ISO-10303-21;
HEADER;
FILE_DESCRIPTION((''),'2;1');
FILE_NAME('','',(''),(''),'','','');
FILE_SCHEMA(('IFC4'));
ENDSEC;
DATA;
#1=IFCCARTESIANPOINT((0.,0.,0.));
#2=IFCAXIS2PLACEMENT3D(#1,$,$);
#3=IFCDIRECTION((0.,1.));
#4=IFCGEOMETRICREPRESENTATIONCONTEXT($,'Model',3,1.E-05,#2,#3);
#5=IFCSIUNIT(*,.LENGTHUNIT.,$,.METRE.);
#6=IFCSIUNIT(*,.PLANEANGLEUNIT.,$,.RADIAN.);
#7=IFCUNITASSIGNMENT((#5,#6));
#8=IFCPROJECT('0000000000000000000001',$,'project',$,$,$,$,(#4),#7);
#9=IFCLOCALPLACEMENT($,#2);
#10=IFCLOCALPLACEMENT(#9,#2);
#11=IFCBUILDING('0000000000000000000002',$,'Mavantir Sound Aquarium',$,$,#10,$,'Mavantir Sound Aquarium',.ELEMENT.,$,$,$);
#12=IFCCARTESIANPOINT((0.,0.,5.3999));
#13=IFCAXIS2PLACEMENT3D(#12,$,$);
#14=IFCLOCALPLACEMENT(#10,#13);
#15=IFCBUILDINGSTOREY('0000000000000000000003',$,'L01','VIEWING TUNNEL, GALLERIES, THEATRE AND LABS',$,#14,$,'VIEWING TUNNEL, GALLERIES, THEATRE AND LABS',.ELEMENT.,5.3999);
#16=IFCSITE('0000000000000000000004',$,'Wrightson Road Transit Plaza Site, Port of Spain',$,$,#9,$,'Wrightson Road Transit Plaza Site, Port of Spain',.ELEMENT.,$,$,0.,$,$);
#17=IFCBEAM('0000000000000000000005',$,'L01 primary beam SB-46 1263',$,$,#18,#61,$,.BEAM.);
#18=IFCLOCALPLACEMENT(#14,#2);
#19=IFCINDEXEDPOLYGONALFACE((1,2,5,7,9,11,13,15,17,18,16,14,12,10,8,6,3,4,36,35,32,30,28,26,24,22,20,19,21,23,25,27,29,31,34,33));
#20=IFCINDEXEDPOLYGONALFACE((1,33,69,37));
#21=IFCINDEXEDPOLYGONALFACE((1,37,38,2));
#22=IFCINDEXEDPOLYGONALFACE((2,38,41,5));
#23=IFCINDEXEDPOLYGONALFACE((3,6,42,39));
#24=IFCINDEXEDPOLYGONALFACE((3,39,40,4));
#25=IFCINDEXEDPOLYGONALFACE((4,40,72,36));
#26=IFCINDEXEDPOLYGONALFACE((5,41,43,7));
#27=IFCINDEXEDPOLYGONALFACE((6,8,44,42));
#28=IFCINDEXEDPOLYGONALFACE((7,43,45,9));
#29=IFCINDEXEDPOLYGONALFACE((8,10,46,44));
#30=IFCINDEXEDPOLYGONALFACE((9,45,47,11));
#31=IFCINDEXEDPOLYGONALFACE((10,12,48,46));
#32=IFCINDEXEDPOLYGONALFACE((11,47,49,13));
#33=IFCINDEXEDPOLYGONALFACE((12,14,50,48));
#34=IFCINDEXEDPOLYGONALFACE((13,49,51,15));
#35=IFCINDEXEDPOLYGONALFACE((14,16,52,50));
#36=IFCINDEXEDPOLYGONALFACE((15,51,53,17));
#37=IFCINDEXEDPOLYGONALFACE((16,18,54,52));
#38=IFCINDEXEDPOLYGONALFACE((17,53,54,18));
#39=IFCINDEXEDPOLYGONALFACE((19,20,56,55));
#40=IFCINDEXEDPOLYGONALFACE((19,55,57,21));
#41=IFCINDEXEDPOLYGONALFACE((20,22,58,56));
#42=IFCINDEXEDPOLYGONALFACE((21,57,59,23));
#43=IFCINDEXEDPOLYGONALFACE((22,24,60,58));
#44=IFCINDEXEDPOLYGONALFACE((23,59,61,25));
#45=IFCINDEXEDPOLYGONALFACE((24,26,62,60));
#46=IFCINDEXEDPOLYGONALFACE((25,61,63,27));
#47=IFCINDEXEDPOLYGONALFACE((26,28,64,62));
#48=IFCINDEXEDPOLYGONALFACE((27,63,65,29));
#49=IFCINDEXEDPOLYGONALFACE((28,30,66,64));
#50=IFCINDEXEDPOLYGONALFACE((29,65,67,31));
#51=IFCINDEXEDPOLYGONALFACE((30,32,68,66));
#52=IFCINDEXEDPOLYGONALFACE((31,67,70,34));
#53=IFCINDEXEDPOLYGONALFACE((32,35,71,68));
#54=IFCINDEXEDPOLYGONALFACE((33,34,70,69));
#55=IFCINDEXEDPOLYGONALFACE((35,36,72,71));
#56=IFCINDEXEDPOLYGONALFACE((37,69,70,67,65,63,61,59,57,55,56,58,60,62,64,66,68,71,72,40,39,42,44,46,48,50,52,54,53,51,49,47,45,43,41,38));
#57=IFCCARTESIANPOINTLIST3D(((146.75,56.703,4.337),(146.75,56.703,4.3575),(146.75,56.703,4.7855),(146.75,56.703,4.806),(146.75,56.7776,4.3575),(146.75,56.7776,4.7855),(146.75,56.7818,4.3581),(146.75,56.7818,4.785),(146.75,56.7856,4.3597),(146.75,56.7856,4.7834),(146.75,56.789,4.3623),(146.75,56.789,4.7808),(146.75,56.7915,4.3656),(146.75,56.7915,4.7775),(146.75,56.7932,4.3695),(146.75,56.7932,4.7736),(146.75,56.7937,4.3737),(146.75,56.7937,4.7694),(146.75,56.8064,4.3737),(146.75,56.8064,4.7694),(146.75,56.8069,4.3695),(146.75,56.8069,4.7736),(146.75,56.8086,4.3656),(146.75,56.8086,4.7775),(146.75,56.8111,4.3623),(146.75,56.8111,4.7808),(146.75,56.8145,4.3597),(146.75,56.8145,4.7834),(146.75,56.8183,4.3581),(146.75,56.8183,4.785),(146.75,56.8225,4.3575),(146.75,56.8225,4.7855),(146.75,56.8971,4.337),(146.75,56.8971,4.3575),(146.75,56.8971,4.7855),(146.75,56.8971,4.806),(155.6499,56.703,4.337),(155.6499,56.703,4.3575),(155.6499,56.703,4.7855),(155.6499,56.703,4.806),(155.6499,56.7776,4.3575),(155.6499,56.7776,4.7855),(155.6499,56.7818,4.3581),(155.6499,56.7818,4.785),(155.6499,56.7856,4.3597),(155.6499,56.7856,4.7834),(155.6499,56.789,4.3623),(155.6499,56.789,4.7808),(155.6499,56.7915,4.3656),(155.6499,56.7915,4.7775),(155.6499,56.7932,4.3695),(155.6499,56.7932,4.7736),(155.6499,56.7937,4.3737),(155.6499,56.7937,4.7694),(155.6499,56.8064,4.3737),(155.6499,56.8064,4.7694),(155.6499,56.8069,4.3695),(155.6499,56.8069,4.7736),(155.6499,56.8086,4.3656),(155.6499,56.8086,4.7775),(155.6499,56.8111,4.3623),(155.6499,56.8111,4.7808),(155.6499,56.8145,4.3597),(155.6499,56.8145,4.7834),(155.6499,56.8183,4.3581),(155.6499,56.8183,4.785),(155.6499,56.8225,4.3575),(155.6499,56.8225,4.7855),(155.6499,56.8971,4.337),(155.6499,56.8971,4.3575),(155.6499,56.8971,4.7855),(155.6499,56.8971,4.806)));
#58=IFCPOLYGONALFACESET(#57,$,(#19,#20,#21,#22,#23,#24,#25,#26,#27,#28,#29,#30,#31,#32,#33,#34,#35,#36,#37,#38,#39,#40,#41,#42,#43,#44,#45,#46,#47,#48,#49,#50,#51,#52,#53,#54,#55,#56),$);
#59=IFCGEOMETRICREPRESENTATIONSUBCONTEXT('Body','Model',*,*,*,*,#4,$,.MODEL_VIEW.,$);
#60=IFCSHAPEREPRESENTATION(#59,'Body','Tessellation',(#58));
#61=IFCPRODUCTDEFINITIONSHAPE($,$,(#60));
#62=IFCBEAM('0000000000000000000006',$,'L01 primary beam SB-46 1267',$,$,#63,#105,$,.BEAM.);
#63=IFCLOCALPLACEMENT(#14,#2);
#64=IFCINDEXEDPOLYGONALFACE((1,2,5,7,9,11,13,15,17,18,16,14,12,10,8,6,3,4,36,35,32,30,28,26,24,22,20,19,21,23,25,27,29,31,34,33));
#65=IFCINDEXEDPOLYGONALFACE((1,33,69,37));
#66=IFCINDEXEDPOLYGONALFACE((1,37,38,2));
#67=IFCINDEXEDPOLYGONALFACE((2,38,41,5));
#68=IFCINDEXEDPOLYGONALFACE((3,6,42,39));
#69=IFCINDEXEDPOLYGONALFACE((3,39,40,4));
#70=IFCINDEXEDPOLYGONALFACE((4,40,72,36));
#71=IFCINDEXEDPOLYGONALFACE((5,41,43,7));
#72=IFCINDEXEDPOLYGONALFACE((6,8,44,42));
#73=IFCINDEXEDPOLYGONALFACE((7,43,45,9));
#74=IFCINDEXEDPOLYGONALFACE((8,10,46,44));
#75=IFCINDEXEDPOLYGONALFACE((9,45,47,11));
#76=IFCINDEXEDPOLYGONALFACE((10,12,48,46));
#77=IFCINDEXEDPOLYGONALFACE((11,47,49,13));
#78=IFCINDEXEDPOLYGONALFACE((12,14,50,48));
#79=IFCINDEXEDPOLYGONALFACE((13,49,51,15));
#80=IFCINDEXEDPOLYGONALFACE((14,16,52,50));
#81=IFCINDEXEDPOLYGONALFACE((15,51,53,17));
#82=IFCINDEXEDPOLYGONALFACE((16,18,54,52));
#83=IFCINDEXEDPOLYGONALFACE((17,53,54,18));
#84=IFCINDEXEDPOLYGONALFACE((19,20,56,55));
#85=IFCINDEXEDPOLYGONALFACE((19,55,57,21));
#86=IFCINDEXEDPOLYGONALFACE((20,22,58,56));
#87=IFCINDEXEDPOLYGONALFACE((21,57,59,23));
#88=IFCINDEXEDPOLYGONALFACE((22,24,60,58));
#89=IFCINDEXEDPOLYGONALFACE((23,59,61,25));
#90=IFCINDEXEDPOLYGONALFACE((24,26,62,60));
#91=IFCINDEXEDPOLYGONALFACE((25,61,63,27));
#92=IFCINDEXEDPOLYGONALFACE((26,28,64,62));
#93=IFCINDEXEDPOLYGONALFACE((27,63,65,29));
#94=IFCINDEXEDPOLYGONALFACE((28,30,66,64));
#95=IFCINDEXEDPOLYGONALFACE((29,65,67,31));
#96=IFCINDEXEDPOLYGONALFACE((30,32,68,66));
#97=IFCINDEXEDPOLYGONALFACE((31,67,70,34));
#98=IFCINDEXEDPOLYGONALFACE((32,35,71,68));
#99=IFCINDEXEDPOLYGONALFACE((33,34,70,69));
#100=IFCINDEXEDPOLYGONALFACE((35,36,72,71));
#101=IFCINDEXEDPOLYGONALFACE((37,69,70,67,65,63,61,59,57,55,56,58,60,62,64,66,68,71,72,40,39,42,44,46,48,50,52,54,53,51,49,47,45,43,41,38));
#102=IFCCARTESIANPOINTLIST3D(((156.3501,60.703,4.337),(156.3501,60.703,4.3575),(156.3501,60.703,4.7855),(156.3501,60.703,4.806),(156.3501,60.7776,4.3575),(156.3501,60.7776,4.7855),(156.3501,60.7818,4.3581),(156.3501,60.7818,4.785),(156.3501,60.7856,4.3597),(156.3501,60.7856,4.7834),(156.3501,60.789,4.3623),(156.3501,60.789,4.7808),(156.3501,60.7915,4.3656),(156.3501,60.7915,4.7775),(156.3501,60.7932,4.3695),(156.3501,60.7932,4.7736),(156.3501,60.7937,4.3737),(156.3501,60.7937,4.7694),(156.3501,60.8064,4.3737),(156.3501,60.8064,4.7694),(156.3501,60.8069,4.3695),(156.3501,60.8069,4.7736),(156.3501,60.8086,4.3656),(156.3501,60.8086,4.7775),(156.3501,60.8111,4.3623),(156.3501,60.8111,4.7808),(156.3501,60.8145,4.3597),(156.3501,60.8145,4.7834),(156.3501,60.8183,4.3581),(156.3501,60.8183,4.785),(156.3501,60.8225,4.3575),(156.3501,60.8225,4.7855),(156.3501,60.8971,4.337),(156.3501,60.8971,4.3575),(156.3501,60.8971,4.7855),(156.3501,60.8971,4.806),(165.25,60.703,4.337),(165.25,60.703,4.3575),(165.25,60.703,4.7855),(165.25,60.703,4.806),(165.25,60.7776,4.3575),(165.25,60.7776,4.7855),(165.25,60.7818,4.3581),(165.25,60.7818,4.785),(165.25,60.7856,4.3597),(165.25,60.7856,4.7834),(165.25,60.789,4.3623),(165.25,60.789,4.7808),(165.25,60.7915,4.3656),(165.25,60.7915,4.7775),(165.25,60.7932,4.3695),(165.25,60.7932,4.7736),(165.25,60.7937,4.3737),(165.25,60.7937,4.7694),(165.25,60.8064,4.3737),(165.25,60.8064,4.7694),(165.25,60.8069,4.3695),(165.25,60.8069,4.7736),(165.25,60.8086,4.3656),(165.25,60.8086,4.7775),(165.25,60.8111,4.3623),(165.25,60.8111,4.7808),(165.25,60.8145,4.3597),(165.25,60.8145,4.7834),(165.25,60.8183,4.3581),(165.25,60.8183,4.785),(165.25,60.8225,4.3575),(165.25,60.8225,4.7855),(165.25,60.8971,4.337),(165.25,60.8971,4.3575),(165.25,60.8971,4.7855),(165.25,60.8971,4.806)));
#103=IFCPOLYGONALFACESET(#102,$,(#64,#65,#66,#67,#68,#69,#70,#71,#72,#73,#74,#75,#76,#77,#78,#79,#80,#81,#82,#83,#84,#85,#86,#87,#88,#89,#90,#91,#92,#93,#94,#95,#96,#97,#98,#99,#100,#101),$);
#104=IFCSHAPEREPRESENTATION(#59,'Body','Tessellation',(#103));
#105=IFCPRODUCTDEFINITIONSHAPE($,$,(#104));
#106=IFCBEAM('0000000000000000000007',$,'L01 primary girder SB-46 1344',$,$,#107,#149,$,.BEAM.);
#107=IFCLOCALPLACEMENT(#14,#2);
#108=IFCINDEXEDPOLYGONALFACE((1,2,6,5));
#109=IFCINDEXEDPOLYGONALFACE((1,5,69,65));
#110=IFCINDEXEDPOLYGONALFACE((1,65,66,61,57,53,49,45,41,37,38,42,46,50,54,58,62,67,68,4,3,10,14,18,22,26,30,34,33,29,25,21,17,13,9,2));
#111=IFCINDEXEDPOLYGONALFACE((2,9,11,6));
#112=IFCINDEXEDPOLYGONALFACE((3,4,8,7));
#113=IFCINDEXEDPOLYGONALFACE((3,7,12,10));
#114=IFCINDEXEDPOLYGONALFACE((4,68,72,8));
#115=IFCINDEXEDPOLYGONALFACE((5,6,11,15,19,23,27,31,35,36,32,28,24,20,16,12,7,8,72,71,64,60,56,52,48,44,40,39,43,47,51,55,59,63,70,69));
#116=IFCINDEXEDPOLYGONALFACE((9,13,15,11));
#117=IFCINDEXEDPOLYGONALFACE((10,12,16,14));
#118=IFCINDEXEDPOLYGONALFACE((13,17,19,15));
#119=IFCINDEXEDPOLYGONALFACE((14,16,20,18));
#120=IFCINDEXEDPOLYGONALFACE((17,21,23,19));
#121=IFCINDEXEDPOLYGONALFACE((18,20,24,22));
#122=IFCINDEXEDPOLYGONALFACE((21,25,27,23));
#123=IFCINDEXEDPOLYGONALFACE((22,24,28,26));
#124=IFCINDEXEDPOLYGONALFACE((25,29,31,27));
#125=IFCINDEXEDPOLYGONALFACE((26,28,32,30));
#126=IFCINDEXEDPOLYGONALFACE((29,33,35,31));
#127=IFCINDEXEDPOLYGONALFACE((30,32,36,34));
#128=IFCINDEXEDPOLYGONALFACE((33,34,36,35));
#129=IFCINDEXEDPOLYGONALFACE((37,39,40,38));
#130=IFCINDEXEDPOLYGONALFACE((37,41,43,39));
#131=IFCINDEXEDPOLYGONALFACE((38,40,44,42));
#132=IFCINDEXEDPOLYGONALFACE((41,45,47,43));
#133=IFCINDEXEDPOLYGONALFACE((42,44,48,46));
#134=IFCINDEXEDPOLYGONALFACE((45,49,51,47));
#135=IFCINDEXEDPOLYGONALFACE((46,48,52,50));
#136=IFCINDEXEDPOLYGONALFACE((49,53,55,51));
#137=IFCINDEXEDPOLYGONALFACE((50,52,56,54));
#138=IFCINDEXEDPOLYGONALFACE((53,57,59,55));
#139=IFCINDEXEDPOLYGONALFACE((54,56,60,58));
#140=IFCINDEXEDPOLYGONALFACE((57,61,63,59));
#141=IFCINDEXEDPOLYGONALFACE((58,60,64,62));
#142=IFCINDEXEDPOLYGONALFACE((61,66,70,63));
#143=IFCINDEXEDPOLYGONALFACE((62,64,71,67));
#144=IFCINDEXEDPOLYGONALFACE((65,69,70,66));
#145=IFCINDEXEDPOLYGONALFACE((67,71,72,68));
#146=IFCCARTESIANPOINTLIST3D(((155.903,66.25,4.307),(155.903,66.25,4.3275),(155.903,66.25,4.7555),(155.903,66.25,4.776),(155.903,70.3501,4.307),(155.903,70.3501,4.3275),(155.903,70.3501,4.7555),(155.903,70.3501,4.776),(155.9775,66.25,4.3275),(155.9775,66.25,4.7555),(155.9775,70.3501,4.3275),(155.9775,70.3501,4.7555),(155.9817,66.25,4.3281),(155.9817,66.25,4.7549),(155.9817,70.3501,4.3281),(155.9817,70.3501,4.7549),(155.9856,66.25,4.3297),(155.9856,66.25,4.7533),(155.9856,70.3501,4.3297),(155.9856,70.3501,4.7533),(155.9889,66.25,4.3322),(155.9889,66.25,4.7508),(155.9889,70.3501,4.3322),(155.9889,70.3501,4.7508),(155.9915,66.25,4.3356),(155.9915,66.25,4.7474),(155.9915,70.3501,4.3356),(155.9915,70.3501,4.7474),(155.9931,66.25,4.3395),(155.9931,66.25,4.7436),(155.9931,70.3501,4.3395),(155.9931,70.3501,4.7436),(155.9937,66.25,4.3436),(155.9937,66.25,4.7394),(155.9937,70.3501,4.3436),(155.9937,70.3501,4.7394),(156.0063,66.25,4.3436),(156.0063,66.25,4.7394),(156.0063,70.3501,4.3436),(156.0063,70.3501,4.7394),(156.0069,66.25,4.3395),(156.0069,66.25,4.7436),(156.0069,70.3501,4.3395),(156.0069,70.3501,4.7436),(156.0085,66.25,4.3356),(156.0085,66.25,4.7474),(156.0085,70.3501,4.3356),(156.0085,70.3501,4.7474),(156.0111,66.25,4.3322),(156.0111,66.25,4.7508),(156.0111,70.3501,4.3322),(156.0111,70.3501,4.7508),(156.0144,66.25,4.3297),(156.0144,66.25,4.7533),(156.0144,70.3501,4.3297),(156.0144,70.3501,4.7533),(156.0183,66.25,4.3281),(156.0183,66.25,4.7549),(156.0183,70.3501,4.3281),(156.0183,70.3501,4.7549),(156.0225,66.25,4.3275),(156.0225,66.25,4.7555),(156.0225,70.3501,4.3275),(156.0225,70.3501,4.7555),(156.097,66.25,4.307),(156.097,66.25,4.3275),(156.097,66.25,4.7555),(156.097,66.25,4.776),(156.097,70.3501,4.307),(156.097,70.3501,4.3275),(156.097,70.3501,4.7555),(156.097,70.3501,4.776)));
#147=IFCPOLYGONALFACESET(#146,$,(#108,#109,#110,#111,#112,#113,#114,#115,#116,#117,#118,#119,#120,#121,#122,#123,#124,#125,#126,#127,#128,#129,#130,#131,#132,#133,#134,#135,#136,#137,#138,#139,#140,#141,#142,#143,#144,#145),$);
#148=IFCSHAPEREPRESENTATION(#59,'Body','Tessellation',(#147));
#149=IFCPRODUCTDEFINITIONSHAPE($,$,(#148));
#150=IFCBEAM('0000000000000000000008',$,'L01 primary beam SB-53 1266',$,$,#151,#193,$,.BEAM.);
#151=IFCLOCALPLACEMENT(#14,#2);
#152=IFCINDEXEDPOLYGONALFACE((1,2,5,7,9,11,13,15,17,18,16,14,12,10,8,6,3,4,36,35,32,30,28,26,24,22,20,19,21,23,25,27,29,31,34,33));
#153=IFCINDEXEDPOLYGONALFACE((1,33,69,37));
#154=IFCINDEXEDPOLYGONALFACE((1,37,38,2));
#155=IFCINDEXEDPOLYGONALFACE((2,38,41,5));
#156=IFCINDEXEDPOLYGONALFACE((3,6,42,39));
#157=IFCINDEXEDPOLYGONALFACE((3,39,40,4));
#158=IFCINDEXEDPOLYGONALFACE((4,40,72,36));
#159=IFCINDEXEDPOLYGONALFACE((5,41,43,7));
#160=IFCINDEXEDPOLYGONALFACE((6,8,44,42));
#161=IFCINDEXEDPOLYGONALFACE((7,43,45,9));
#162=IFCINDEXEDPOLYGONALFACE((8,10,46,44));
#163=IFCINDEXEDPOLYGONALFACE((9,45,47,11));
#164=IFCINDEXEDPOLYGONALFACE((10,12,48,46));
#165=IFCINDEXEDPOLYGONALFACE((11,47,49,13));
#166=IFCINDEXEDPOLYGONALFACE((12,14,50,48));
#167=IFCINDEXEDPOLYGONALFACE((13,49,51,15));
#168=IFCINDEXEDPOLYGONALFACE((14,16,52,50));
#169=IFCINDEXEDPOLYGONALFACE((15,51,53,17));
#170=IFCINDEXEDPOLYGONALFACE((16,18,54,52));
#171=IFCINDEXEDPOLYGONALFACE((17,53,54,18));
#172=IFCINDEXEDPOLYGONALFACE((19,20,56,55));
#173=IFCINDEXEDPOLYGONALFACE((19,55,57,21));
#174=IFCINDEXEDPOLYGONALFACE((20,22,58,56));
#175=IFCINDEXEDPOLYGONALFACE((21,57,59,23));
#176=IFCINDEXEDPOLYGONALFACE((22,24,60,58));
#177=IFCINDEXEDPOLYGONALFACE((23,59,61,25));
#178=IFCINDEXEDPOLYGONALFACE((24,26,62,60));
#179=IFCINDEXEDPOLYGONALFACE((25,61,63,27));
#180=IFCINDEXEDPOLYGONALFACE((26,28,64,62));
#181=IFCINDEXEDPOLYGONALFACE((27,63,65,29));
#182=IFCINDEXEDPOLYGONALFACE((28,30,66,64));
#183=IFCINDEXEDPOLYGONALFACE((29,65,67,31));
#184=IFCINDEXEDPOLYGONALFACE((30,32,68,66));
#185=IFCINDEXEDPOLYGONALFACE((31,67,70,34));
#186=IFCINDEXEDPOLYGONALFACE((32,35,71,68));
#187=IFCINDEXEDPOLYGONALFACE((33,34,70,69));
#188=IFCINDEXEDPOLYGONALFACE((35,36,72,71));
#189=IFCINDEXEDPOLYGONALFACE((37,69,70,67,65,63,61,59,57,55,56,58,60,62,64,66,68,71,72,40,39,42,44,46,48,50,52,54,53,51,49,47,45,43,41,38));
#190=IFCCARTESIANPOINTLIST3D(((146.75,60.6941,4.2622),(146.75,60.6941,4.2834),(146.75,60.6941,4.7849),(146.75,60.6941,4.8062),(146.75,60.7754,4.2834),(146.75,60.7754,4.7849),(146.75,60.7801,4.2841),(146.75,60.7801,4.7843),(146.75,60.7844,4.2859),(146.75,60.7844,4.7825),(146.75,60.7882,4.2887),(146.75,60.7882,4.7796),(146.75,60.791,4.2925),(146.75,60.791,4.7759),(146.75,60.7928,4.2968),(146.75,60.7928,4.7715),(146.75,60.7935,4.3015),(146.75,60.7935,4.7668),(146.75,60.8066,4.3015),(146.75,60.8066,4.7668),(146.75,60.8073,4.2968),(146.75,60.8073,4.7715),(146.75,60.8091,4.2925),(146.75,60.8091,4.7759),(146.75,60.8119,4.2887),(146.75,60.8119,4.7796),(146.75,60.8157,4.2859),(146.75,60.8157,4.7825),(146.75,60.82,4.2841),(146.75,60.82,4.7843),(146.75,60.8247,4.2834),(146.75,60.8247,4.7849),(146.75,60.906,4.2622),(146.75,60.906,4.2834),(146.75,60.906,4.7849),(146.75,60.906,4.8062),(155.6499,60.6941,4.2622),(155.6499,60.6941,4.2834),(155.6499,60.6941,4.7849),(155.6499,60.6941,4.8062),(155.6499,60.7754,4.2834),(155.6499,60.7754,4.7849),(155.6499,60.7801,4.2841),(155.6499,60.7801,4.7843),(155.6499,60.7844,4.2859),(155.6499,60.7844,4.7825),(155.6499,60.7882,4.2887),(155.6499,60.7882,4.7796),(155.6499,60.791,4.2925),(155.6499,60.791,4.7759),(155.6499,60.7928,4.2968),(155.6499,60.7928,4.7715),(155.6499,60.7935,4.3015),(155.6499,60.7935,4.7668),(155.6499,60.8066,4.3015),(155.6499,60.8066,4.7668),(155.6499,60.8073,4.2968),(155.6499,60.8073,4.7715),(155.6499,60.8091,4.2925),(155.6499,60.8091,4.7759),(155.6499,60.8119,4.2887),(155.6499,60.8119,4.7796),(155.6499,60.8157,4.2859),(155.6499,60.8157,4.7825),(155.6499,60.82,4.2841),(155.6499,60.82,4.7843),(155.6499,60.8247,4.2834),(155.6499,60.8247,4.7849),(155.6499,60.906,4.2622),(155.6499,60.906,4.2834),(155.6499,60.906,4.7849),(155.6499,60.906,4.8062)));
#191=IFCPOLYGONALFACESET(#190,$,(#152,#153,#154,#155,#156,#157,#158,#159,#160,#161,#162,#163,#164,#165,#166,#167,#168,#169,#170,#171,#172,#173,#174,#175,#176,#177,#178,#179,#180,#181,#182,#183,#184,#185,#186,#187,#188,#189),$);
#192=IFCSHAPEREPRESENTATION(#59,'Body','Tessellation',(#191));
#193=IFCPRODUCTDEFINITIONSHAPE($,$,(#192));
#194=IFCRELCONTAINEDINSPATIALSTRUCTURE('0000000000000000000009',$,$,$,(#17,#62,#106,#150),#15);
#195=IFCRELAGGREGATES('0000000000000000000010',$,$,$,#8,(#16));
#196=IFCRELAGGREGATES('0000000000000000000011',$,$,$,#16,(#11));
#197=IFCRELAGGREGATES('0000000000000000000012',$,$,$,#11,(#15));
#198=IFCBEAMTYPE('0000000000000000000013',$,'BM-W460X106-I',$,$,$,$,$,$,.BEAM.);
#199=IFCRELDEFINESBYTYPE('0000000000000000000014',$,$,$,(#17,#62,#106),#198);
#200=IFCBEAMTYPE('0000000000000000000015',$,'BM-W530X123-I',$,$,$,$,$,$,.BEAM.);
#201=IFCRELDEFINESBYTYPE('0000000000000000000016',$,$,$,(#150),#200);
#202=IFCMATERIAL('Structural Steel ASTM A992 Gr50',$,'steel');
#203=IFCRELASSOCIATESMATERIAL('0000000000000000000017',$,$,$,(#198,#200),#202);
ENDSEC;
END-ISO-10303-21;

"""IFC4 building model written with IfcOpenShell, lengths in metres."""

from ifc_helpers import new_model, si_unit, direction, frame, origin, origin_2d, place, context, subcontext, project, spatial, i_section, extrude, material, material_profile, profile_set, type_object, element, save


model = new_model("IFC4")

# Units and contexts
model_context = context("Model", 3, precision=1e-05, world=origin(), true_north=direction((0.0, 1.0)))
body_context = subcontext(model_context, "Body", "Model", "MODEL_VIEW")
ifc_project = project(units=[si_unit("LENGTHUNIT", "METRE"), si_unit("PLANEANGLEUNIT", "RADIAN")], contexts=[model_context])

# Site, building, storey
site_placement = place(None, origin())
site = spatial("IfcSite", under=ifc_project, at=site_placement, Name="Wrightson Road Transit Plaza Site, Port of Spain", LongName="Wrightson Road Transit Plaza Site, Port of Spain", CompositionType="ELEMENT", RefElevation=0.0)
building_placement = place(site_placement, origin())
building = spatial("IfcBuilding", under=site, at=building_placement, Name="Mavantir Sound Aquarium", LongName="Mavantir Sound Aquarium", CompositionType="ELEMENT")
storey_placement = place(building_placement, frame((0.0, 0.0, 5.3999)))
storey = spatial("IfcBuildingStorey", under=building, at=storey_placement, Name="L01", Description="VIEWING TUNNEL, GALLERIES, THEATRE AND LABS", LongName="VIEWING TUNNEL, GALLERIES, THEATRE AND LABS", CompositionType="ELEMENT", Elevation=5.3999)

# Beams
ifc_material_1 = material(Name="Structural Steel ASTM A992 Gr50", Category="steel")
ifc_material_profile_1 = material_profile(ifc_material_1, i_section(OverallWidth=0.1941, OverallDepth=0.469, WebThickness=0.0127, FlangeThickness=0.0205, FilletRadius=0.0161, at=origin_2d()), Name="W460X106")
ifc_profile_set_1 = profile_set([ifc_material_profile_1], Name="Structural Steel ASTM A992 Gr50")
beam_type_1 = type_object("IfcBeamType", Name="BM-W460X106-I", PredefinedType="BEAM", material=ifc_profile_set_1)
for number, where, z_axis, x_axis, name in (
    (1, (146.75, 56.8, 4.5715), (1.0, 0.0, 0.0), (0.0, 1.0, 0.0), "L01 primary beam SB-46 1263"),
    (2, (156.3501, 60.8, 4.5715), (1.0, 0.0, 0.0), (0.0, 1.0, 0.0), "L01 primary beam SB-46 1267"),
):
    element("IfcBeam", number, at=place(storey_placement, frame(where, z_axis=z_axis, x_axis=x_axis)), inside=storey, type_object=beam_type_1, Name=name, PredefinedType="BEAM", context=body_context, shape_type="SweptSolid", body=[
        extrude(i_section(OverallWidth=0.1941, OverallDepth=0.469, WebThickness=0.0127, FlangeThickness=0.0205, FilletRadius=0.0161, at=origin_2d()), origin(), (0.0, 0.0, 1.0), 8.8999),
    ])
beam_1_placement = place(storey_placement, frame((156.0, 66.25, 4.5415), z_axis=(0.0, 1.0, 0.0), x_axis=(-1.0, 0.0, 0.0)))
element("IfcBeam", 3, at=beam_1_placement, inside=storey, type_object=beam_type_1, Name="L01 primary girder SB-46 1344", PredefinedType="BEAM", context=body_context, shape_type="SweptSolid", body=[
    extrude(i_section(OverallWidth=0.1941, OverallDepth=0.469, WebThickness=0.0127, FlangeThickness=0.0205, FilletRadius=0.0161, at=origin_2d()), origin(), (0.0, 0.0, 1.0), 4.1001),
])
ifc_material_profile_2 = material_profile(ifc_material_1, i_section(OverallWidth=0.2119, OverallDepth=0.5439, WebThickness=0.0132, FlangeThickness=0.0212, FilletRadius=0.0181, at=origin_2d()), Name="W530X123")
ifc_profile_set_2 = profile_set([ifc_material_profile_2], Name="Structural Steel ASTM A992 Gr50")
beam_type_2 = type_object("IfcBeamType", Name="BM-W530X123-I", PredefinedType="BEAM", material=ifc_profile_set_2)
for number, where, z_axis, x_axis, name in (
    (4, (146.75, 60.8, 4.5342), (1.0, 0.0, 0.0), (0.0, 1.0, 0.0), "L01 primary beam SB-53 1266"),
):
    element("IfcBeam", number, at=place(storey_placement, frame(where, z_axis=z_axis, x_axis=x_axis)), inside=storey, type_object=beam_type_2, Name=name, PredefinedType="BEAM", context=body_context, shape_type="SweptSolid", body=[
        extrude(i_section(OverallWidth=0.2119, OverallDepth=0.5439, WebThickness=0.0132, FlangeThickness=0.0212, FilletRadius=0.0181, at=origin_2d()), origin(), (0.0, 0.0, 1.0), 8.8999),
    ])

save(model, "model.ifc")
